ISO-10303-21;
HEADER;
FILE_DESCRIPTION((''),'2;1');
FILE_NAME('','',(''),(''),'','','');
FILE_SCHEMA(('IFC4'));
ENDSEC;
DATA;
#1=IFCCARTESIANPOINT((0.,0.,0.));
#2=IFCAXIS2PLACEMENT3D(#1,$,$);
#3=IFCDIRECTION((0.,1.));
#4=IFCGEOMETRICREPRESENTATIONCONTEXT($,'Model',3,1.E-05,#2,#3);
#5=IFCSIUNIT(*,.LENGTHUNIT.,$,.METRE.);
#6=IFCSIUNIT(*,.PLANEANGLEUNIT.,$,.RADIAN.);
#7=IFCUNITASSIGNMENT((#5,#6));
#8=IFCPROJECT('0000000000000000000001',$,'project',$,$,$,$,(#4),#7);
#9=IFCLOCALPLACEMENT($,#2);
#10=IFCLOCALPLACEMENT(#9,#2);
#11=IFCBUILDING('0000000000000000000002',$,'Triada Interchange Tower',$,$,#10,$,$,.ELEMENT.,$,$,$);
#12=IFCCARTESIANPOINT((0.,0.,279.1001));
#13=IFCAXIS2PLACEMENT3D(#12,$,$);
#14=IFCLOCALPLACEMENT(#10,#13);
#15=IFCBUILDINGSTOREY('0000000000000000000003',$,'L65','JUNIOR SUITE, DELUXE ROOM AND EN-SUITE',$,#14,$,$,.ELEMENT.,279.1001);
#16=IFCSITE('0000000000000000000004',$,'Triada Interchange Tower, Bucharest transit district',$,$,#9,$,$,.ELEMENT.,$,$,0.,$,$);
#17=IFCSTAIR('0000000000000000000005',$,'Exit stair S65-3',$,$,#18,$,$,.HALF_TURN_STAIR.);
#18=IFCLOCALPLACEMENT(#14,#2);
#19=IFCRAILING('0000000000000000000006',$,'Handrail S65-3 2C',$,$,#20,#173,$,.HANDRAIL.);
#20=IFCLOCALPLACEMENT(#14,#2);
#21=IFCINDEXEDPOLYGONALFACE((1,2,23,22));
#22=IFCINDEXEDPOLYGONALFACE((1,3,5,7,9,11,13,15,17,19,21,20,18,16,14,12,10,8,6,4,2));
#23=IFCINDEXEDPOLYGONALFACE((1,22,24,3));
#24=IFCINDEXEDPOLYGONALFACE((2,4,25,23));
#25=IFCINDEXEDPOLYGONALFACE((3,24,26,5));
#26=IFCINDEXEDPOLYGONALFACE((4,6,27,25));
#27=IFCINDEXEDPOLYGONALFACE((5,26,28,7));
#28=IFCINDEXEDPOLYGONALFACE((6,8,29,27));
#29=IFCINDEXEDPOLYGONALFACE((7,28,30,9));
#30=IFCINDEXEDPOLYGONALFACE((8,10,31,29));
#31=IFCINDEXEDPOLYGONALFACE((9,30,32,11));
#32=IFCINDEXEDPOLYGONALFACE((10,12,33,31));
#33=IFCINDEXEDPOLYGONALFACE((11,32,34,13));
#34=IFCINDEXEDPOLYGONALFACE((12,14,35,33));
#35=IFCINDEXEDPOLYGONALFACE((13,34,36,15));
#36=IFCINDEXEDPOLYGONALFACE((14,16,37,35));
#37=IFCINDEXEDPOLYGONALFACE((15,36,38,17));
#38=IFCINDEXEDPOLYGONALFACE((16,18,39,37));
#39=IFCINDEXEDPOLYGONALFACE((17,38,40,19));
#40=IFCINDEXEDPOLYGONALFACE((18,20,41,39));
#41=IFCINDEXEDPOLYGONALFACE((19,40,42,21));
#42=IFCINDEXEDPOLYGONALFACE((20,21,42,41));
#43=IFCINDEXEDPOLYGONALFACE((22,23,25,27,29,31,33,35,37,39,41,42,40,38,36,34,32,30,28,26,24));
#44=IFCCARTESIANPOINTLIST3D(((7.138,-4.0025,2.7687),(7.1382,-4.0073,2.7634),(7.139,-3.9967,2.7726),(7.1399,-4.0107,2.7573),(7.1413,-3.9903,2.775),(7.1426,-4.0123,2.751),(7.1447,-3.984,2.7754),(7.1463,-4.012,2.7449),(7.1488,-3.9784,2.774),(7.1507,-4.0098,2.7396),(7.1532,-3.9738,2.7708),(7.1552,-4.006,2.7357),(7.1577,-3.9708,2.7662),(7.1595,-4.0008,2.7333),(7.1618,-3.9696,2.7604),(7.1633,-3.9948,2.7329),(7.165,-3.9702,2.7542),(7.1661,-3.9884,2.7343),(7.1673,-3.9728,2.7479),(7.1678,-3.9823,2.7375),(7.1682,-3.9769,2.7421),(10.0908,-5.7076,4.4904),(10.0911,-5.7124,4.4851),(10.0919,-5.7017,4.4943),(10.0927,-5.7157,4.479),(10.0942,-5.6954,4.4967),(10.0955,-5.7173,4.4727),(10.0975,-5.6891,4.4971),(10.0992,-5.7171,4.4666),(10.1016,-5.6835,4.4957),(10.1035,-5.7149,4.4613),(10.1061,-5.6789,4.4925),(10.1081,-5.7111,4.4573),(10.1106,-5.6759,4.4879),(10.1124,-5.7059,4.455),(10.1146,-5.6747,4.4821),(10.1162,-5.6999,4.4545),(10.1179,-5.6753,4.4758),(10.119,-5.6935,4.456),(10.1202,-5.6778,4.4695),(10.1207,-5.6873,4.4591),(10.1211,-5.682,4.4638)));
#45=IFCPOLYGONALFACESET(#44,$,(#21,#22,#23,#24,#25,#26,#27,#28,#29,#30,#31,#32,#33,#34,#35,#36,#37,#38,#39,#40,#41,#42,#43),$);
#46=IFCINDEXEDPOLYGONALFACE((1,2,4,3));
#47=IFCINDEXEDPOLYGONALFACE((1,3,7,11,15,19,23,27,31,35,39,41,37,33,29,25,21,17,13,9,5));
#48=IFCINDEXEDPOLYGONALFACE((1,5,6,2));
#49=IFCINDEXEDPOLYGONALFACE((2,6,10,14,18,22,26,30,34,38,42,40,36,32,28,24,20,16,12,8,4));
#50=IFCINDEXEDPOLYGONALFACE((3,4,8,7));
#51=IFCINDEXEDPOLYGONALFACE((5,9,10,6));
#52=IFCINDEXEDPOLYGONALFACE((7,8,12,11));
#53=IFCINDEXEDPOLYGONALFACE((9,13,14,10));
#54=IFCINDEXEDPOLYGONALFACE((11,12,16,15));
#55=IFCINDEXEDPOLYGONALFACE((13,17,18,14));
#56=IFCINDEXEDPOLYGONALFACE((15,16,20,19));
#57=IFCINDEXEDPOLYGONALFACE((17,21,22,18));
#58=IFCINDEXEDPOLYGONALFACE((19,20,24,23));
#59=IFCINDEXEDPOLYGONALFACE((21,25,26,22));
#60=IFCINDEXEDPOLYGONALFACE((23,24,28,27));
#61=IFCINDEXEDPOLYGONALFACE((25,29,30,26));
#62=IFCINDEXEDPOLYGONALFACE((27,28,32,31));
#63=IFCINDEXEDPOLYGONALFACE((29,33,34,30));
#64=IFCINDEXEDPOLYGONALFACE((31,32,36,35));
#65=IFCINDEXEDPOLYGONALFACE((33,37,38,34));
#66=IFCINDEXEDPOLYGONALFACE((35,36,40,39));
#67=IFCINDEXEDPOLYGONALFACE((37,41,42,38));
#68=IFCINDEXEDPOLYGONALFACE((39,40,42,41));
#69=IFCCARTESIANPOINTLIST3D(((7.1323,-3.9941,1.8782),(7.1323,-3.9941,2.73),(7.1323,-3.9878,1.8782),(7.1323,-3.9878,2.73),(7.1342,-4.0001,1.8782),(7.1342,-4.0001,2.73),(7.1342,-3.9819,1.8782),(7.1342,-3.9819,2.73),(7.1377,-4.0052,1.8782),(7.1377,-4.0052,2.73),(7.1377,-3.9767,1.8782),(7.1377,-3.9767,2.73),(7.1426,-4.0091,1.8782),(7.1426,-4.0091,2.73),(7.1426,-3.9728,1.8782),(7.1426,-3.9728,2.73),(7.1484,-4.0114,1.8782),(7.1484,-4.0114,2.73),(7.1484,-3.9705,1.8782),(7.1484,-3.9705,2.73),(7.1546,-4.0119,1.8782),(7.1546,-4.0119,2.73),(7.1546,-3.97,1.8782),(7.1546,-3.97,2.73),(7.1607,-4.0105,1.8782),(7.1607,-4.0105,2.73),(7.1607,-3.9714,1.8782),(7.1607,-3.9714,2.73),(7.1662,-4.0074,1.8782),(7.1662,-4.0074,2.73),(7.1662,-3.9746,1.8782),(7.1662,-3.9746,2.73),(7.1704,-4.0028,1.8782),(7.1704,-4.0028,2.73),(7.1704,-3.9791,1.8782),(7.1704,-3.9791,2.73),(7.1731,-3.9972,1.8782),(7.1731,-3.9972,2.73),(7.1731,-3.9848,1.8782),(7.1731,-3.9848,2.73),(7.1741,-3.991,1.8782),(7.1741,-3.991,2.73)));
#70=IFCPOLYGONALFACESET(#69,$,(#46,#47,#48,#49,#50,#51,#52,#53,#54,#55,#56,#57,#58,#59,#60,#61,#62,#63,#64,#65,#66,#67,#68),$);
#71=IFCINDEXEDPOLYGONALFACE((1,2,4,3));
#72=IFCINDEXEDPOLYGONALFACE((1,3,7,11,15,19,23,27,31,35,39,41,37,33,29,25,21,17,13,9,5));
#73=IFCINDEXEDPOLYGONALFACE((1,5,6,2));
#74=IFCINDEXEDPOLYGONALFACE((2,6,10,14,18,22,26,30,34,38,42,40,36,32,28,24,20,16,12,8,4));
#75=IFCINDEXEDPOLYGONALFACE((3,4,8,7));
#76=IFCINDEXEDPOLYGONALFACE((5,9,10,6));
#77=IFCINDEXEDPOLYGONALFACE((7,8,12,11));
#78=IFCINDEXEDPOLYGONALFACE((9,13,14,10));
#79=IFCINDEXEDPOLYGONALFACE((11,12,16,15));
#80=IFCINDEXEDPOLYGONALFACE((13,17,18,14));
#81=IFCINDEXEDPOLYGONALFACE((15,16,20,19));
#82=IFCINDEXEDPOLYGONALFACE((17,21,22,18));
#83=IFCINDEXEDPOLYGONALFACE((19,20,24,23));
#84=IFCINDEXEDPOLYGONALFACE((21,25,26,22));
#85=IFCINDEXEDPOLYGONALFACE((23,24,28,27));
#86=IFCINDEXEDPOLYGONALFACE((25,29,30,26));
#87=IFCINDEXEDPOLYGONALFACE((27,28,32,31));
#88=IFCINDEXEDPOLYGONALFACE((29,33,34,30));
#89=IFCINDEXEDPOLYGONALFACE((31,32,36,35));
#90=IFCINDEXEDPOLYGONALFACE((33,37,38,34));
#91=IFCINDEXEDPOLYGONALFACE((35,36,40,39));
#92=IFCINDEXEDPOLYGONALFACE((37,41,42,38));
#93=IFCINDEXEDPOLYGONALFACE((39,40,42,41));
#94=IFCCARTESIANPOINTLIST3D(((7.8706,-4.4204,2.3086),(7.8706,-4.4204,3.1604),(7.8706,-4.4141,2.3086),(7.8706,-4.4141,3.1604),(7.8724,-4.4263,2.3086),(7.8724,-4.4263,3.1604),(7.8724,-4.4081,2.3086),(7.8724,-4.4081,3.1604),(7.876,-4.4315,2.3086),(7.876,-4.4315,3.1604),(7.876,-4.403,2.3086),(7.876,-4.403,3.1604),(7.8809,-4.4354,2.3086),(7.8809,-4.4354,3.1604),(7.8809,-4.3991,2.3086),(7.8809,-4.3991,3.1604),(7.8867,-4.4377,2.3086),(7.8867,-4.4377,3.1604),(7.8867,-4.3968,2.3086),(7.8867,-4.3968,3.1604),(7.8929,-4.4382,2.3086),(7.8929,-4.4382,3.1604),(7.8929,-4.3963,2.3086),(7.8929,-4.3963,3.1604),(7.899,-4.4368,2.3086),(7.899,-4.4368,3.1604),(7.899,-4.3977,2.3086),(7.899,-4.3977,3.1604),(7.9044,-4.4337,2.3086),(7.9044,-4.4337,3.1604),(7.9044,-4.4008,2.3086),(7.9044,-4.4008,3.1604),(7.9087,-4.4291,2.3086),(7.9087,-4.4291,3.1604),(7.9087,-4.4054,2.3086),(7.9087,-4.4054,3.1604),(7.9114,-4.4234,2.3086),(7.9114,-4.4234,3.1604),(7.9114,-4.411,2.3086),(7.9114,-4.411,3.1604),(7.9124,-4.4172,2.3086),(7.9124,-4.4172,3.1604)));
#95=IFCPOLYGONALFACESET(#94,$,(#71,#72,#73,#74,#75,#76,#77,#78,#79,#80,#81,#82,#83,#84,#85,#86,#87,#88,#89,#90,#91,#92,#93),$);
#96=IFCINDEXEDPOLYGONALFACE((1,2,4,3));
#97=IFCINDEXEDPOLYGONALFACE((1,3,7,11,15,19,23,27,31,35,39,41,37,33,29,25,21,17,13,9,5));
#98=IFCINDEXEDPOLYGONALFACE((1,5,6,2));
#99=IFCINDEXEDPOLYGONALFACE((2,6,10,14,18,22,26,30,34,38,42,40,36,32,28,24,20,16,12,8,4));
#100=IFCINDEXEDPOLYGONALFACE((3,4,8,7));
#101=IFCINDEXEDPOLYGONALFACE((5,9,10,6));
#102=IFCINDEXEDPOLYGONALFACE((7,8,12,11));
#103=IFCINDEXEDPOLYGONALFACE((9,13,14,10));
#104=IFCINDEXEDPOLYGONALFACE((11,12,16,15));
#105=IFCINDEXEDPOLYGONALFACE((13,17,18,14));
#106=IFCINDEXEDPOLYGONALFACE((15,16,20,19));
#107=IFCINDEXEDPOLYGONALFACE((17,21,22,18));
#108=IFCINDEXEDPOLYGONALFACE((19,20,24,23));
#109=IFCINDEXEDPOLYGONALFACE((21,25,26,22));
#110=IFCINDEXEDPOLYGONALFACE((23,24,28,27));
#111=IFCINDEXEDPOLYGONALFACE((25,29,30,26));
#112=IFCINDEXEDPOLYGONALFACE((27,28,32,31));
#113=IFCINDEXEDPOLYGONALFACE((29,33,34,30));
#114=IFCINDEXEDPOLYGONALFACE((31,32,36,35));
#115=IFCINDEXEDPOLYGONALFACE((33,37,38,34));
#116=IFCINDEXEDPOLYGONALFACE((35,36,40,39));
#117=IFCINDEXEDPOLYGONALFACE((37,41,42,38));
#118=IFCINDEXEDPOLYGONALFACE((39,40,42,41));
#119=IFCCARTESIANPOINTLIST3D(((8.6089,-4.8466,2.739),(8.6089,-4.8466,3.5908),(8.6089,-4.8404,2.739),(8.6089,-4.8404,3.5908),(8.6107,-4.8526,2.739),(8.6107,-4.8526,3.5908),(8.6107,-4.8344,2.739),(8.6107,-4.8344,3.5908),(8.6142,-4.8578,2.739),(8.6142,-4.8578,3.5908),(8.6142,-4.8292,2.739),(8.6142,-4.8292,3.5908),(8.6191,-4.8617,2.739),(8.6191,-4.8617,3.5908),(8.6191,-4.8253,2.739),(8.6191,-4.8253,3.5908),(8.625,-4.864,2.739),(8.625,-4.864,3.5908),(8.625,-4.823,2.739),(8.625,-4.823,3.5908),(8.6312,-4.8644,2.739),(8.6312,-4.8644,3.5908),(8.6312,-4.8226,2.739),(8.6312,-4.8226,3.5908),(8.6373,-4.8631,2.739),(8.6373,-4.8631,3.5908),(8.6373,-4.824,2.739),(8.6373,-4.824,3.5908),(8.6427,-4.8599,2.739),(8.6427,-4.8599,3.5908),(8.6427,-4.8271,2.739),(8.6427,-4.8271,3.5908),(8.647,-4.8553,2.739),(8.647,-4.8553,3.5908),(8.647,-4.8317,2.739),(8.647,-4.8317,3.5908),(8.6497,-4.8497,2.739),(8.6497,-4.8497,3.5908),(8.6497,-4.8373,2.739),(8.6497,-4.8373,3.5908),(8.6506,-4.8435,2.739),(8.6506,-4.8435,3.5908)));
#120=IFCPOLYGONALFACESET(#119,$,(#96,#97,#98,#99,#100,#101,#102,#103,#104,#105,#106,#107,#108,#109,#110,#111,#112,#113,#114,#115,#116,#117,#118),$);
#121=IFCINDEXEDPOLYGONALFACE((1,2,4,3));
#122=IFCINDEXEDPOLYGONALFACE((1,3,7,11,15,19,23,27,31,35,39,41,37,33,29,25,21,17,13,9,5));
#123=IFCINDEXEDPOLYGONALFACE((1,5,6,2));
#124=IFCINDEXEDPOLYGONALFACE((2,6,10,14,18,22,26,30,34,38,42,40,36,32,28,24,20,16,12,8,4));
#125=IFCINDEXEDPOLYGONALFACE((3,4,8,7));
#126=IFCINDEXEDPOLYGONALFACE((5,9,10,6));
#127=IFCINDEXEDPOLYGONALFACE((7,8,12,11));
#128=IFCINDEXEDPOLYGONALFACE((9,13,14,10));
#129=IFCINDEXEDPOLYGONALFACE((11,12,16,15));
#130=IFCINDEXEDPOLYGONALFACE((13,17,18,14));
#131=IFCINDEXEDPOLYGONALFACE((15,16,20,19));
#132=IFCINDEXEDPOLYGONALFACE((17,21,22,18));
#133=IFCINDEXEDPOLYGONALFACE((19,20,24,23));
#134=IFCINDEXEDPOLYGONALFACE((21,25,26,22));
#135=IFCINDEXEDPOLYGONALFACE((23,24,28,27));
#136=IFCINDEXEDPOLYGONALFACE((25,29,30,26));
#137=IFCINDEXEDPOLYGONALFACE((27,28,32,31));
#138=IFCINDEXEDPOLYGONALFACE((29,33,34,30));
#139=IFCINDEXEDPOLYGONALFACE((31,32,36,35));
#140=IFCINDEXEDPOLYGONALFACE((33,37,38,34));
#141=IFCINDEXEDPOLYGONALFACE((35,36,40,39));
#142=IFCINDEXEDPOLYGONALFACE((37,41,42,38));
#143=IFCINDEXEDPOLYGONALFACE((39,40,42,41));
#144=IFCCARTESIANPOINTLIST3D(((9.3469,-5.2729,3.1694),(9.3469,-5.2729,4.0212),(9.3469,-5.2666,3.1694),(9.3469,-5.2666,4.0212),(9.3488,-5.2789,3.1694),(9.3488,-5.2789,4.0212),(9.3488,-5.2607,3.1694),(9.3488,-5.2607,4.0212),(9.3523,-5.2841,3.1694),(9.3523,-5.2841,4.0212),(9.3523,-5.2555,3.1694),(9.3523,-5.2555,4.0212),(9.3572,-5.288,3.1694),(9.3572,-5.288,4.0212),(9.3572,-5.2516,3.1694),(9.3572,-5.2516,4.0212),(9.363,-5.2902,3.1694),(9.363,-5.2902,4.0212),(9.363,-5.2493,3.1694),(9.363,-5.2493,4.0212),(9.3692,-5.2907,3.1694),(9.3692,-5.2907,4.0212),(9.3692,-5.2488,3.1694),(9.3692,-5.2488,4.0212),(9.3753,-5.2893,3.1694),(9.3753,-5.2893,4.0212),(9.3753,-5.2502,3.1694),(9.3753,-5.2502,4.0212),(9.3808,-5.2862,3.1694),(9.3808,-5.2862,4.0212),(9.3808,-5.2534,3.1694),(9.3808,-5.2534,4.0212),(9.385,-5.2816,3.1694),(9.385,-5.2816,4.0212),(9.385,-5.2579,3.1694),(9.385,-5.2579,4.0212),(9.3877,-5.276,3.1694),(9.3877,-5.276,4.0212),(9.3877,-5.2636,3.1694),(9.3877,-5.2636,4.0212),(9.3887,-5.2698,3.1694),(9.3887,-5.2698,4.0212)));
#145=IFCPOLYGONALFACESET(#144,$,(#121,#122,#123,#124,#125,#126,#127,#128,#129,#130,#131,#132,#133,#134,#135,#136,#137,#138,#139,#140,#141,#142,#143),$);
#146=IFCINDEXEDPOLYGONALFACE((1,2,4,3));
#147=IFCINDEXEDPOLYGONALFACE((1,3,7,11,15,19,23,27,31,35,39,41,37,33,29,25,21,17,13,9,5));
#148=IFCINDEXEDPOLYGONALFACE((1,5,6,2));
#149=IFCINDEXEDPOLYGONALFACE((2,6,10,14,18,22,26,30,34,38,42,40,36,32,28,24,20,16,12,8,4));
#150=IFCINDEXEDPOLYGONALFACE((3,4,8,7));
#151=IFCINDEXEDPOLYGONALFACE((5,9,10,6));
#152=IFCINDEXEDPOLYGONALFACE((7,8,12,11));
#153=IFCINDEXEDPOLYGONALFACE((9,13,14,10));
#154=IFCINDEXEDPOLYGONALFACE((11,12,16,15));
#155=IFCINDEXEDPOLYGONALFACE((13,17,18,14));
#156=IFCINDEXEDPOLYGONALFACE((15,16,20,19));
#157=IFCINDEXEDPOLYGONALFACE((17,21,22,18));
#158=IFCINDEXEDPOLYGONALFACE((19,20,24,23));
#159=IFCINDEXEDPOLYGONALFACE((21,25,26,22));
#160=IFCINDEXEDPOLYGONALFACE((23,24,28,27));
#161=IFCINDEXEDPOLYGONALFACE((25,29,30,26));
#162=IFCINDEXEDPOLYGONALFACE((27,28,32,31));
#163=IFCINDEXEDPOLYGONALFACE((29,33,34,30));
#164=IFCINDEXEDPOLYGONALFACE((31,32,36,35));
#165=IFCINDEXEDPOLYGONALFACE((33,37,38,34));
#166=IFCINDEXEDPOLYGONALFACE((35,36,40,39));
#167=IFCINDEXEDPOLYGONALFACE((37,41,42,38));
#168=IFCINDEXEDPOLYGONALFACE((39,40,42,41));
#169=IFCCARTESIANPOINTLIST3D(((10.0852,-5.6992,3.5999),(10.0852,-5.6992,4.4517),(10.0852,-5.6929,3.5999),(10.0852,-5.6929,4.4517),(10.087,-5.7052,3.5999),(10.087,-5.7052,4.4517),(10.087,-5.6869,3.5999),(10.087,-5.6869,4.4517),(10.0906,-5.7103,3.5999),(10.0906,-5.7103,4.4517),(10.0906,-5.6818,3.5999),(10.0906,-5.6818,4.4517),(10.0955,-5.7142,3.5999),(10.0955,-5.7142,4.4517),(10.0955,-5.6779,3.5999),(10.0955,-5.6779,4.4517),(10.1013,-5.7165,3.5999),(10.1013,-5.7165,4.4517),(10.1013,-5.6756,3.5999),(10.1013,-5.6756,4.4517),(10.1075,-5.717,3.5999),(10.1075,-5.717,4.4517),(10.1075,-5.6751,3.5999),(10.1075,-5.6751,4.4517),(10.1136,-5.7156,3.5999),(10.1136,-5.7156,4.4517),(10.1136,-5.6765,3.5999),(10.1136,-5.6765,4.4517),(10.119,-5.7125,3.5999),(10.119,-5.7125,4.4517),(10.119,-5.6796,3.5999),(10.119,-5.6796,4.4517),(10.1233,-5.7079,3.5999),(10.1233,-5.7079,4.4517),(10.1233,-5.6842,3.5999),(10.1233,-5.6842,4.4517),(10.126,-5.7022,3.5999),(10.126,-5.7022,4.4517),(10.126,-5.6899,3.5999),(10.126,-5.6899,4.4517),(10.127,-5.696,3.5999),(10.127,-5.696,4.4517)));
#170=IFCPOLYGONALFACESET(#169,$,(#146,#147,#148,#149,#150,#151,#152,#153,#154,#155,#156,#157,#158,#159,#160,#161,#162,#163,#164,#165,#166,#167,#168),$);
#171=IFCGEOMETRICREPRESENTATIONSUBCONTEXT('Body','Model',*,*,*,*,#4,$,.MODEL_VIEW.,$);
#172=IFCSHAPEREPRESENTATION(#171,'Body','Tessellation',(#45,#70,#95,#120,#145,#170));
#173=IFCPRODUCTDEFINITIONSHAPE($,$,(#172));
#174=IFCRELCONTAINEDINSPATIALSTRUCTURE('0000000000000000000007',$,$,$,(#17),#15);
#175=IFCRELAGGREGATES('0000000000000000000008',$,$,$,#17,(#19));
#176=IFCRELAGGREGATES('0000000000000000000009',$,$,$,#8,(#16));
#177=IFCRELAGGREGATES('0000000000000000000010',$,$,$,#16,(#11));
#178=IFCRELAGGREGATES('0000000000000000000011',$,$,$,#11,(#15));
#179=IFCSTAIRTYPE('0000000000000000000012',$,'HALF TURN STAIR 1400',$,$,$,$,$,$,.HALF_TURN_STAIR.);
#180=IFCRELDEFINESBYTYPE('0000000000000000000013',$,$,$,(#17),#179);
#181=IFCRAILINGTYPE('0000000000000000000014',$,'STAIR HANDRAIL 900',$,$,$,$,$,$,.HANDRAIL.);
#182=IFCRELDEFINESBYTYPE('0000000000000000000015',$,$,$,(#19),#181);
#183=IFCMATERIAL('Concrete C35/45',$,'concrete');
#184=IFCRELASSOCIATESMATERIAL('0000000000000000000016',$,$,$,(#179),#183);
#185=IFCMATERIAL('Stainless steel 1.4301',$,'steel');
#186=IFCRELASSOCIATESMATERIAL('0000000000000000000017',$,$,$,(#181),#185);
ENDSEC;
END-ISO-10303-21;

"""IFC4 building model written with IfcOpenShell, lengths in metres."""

from ifc_helpers import new_model, si_unit, direction, frame, origin, origin_2d, place, context, subcontext, project, spatial, circle, extrude, material, type_object, element, aggregate, save


model = new_model("IFC4")

# Units and contexts
model_context = context("Model", 3, precision=1e-05, world=origin(), true_north=direction((0.0, 1.0)))
body_context = subcontext(model_context, "Body", "Model", "MODEL_VIEW")
ifc_project = project(units=[si_unit("LENGTHUNIT", "METRE"), si_unit("PLANEANGLEUNIT", "RADIAN")], contexts=[model_context])

# Site, building, storey
site_placement = place(None, origin())
site = spatial("IfcSite", under=ifc_project, at=site_placement, Name="Triada Interchange Tower, Bucharest transit district", CompositionType="ELEMENT", RefElevation=0.0)
building_placement = place(site_placement, origin())
building = spatial("IfcBuilding", under=site, at=building_placement, Name="Triada Interchange Tower", CompositionType="ELEMENT")
storey_placement = place(building_placement, frame((0.0, 0.0, 279.1001)))
storey = spatial("IfcBuildingStorey", under=building, at=storey_placement, Name="L65", Description="JUNIOR SUITE, DELUXE ROOM AND EN-SUITE", CompositionType="ELEMENT", Elevation=279.1001)

# Stair, railing
ifc_material_1 = material(Name="Concrete C35/45", Category="concrete")
stair_type = type_object("IfcStairType", Name="HALF TURN STAIR 1400", PredefinedType="HALF_TURN_STAIR", material=ifc_material_1)
stair_placement = place(storey_placement, origin())
stair = element("IfcStair", 1, at=stair_placement, inside=storey, type_object=stair_type, Name="Exit stair S65-3", PredefinedType="HALF_TURN_STAIR")
ifc_material_2 = material(Name="Stainless steel 1.4301", Category="steel")
railing_type = type_object("IfcRailingType", Name="STAIR HANDRAIL 900", PredefinedType="HANDRAIL", material=ifc_material_2)
railing_1_placement = place(storey_placement, frame((7.1531, -3.991, 1.8782)))
railing_1 = element("IfcRailing", 2, at=railing_1_placement, type_object=railing_type, Name="Handrail S65-3 2C", PredefinedType="HANDRAIL", context=body_context, shape_type="SweptSolid", body=[
    extrude(circle(Radius=0.0239, at=origin_2d()), frame((0.0, 0.0, 0.876), z_axis=(0.773043, -0.446377, 0.450723), x_axis=(0.500051, 0.865996, 0.0)), (0.0, 0.0, 1.0), 3.8198),
    extrude(circle(Radius=0.021, at=origin_2d()), origin(), (0.0, 0.0, 1.0), 0.8518),
    extrude(circle(Radius=0.021, at=origin_2d()), frame((0.7383, -0.4263, 0.4304)), (0.0, 0.0, 1.0), 0.8518),
    extrude(circle(Radius=0.021, at=origin_2d()), frame((1.4766, -0.8525, 0.8608)), (0.0, 0.0, 1.0), 0.8518),
    extrude(circle(Radius=0.021, at=origin_2d()), frame((2.2146, -1.2788, 1.2913)), (0.0, 0.0, 1.0), 0.8518),
    extrude(circle(Radius=0.021, at=origin_2d()), frame((2.9529, -1.7051, 1.7217)), (0.0, 0.0, 1.0), 0.8518),
])
aggregate(stair, [railing_1])

save(model, "model.ifc")
